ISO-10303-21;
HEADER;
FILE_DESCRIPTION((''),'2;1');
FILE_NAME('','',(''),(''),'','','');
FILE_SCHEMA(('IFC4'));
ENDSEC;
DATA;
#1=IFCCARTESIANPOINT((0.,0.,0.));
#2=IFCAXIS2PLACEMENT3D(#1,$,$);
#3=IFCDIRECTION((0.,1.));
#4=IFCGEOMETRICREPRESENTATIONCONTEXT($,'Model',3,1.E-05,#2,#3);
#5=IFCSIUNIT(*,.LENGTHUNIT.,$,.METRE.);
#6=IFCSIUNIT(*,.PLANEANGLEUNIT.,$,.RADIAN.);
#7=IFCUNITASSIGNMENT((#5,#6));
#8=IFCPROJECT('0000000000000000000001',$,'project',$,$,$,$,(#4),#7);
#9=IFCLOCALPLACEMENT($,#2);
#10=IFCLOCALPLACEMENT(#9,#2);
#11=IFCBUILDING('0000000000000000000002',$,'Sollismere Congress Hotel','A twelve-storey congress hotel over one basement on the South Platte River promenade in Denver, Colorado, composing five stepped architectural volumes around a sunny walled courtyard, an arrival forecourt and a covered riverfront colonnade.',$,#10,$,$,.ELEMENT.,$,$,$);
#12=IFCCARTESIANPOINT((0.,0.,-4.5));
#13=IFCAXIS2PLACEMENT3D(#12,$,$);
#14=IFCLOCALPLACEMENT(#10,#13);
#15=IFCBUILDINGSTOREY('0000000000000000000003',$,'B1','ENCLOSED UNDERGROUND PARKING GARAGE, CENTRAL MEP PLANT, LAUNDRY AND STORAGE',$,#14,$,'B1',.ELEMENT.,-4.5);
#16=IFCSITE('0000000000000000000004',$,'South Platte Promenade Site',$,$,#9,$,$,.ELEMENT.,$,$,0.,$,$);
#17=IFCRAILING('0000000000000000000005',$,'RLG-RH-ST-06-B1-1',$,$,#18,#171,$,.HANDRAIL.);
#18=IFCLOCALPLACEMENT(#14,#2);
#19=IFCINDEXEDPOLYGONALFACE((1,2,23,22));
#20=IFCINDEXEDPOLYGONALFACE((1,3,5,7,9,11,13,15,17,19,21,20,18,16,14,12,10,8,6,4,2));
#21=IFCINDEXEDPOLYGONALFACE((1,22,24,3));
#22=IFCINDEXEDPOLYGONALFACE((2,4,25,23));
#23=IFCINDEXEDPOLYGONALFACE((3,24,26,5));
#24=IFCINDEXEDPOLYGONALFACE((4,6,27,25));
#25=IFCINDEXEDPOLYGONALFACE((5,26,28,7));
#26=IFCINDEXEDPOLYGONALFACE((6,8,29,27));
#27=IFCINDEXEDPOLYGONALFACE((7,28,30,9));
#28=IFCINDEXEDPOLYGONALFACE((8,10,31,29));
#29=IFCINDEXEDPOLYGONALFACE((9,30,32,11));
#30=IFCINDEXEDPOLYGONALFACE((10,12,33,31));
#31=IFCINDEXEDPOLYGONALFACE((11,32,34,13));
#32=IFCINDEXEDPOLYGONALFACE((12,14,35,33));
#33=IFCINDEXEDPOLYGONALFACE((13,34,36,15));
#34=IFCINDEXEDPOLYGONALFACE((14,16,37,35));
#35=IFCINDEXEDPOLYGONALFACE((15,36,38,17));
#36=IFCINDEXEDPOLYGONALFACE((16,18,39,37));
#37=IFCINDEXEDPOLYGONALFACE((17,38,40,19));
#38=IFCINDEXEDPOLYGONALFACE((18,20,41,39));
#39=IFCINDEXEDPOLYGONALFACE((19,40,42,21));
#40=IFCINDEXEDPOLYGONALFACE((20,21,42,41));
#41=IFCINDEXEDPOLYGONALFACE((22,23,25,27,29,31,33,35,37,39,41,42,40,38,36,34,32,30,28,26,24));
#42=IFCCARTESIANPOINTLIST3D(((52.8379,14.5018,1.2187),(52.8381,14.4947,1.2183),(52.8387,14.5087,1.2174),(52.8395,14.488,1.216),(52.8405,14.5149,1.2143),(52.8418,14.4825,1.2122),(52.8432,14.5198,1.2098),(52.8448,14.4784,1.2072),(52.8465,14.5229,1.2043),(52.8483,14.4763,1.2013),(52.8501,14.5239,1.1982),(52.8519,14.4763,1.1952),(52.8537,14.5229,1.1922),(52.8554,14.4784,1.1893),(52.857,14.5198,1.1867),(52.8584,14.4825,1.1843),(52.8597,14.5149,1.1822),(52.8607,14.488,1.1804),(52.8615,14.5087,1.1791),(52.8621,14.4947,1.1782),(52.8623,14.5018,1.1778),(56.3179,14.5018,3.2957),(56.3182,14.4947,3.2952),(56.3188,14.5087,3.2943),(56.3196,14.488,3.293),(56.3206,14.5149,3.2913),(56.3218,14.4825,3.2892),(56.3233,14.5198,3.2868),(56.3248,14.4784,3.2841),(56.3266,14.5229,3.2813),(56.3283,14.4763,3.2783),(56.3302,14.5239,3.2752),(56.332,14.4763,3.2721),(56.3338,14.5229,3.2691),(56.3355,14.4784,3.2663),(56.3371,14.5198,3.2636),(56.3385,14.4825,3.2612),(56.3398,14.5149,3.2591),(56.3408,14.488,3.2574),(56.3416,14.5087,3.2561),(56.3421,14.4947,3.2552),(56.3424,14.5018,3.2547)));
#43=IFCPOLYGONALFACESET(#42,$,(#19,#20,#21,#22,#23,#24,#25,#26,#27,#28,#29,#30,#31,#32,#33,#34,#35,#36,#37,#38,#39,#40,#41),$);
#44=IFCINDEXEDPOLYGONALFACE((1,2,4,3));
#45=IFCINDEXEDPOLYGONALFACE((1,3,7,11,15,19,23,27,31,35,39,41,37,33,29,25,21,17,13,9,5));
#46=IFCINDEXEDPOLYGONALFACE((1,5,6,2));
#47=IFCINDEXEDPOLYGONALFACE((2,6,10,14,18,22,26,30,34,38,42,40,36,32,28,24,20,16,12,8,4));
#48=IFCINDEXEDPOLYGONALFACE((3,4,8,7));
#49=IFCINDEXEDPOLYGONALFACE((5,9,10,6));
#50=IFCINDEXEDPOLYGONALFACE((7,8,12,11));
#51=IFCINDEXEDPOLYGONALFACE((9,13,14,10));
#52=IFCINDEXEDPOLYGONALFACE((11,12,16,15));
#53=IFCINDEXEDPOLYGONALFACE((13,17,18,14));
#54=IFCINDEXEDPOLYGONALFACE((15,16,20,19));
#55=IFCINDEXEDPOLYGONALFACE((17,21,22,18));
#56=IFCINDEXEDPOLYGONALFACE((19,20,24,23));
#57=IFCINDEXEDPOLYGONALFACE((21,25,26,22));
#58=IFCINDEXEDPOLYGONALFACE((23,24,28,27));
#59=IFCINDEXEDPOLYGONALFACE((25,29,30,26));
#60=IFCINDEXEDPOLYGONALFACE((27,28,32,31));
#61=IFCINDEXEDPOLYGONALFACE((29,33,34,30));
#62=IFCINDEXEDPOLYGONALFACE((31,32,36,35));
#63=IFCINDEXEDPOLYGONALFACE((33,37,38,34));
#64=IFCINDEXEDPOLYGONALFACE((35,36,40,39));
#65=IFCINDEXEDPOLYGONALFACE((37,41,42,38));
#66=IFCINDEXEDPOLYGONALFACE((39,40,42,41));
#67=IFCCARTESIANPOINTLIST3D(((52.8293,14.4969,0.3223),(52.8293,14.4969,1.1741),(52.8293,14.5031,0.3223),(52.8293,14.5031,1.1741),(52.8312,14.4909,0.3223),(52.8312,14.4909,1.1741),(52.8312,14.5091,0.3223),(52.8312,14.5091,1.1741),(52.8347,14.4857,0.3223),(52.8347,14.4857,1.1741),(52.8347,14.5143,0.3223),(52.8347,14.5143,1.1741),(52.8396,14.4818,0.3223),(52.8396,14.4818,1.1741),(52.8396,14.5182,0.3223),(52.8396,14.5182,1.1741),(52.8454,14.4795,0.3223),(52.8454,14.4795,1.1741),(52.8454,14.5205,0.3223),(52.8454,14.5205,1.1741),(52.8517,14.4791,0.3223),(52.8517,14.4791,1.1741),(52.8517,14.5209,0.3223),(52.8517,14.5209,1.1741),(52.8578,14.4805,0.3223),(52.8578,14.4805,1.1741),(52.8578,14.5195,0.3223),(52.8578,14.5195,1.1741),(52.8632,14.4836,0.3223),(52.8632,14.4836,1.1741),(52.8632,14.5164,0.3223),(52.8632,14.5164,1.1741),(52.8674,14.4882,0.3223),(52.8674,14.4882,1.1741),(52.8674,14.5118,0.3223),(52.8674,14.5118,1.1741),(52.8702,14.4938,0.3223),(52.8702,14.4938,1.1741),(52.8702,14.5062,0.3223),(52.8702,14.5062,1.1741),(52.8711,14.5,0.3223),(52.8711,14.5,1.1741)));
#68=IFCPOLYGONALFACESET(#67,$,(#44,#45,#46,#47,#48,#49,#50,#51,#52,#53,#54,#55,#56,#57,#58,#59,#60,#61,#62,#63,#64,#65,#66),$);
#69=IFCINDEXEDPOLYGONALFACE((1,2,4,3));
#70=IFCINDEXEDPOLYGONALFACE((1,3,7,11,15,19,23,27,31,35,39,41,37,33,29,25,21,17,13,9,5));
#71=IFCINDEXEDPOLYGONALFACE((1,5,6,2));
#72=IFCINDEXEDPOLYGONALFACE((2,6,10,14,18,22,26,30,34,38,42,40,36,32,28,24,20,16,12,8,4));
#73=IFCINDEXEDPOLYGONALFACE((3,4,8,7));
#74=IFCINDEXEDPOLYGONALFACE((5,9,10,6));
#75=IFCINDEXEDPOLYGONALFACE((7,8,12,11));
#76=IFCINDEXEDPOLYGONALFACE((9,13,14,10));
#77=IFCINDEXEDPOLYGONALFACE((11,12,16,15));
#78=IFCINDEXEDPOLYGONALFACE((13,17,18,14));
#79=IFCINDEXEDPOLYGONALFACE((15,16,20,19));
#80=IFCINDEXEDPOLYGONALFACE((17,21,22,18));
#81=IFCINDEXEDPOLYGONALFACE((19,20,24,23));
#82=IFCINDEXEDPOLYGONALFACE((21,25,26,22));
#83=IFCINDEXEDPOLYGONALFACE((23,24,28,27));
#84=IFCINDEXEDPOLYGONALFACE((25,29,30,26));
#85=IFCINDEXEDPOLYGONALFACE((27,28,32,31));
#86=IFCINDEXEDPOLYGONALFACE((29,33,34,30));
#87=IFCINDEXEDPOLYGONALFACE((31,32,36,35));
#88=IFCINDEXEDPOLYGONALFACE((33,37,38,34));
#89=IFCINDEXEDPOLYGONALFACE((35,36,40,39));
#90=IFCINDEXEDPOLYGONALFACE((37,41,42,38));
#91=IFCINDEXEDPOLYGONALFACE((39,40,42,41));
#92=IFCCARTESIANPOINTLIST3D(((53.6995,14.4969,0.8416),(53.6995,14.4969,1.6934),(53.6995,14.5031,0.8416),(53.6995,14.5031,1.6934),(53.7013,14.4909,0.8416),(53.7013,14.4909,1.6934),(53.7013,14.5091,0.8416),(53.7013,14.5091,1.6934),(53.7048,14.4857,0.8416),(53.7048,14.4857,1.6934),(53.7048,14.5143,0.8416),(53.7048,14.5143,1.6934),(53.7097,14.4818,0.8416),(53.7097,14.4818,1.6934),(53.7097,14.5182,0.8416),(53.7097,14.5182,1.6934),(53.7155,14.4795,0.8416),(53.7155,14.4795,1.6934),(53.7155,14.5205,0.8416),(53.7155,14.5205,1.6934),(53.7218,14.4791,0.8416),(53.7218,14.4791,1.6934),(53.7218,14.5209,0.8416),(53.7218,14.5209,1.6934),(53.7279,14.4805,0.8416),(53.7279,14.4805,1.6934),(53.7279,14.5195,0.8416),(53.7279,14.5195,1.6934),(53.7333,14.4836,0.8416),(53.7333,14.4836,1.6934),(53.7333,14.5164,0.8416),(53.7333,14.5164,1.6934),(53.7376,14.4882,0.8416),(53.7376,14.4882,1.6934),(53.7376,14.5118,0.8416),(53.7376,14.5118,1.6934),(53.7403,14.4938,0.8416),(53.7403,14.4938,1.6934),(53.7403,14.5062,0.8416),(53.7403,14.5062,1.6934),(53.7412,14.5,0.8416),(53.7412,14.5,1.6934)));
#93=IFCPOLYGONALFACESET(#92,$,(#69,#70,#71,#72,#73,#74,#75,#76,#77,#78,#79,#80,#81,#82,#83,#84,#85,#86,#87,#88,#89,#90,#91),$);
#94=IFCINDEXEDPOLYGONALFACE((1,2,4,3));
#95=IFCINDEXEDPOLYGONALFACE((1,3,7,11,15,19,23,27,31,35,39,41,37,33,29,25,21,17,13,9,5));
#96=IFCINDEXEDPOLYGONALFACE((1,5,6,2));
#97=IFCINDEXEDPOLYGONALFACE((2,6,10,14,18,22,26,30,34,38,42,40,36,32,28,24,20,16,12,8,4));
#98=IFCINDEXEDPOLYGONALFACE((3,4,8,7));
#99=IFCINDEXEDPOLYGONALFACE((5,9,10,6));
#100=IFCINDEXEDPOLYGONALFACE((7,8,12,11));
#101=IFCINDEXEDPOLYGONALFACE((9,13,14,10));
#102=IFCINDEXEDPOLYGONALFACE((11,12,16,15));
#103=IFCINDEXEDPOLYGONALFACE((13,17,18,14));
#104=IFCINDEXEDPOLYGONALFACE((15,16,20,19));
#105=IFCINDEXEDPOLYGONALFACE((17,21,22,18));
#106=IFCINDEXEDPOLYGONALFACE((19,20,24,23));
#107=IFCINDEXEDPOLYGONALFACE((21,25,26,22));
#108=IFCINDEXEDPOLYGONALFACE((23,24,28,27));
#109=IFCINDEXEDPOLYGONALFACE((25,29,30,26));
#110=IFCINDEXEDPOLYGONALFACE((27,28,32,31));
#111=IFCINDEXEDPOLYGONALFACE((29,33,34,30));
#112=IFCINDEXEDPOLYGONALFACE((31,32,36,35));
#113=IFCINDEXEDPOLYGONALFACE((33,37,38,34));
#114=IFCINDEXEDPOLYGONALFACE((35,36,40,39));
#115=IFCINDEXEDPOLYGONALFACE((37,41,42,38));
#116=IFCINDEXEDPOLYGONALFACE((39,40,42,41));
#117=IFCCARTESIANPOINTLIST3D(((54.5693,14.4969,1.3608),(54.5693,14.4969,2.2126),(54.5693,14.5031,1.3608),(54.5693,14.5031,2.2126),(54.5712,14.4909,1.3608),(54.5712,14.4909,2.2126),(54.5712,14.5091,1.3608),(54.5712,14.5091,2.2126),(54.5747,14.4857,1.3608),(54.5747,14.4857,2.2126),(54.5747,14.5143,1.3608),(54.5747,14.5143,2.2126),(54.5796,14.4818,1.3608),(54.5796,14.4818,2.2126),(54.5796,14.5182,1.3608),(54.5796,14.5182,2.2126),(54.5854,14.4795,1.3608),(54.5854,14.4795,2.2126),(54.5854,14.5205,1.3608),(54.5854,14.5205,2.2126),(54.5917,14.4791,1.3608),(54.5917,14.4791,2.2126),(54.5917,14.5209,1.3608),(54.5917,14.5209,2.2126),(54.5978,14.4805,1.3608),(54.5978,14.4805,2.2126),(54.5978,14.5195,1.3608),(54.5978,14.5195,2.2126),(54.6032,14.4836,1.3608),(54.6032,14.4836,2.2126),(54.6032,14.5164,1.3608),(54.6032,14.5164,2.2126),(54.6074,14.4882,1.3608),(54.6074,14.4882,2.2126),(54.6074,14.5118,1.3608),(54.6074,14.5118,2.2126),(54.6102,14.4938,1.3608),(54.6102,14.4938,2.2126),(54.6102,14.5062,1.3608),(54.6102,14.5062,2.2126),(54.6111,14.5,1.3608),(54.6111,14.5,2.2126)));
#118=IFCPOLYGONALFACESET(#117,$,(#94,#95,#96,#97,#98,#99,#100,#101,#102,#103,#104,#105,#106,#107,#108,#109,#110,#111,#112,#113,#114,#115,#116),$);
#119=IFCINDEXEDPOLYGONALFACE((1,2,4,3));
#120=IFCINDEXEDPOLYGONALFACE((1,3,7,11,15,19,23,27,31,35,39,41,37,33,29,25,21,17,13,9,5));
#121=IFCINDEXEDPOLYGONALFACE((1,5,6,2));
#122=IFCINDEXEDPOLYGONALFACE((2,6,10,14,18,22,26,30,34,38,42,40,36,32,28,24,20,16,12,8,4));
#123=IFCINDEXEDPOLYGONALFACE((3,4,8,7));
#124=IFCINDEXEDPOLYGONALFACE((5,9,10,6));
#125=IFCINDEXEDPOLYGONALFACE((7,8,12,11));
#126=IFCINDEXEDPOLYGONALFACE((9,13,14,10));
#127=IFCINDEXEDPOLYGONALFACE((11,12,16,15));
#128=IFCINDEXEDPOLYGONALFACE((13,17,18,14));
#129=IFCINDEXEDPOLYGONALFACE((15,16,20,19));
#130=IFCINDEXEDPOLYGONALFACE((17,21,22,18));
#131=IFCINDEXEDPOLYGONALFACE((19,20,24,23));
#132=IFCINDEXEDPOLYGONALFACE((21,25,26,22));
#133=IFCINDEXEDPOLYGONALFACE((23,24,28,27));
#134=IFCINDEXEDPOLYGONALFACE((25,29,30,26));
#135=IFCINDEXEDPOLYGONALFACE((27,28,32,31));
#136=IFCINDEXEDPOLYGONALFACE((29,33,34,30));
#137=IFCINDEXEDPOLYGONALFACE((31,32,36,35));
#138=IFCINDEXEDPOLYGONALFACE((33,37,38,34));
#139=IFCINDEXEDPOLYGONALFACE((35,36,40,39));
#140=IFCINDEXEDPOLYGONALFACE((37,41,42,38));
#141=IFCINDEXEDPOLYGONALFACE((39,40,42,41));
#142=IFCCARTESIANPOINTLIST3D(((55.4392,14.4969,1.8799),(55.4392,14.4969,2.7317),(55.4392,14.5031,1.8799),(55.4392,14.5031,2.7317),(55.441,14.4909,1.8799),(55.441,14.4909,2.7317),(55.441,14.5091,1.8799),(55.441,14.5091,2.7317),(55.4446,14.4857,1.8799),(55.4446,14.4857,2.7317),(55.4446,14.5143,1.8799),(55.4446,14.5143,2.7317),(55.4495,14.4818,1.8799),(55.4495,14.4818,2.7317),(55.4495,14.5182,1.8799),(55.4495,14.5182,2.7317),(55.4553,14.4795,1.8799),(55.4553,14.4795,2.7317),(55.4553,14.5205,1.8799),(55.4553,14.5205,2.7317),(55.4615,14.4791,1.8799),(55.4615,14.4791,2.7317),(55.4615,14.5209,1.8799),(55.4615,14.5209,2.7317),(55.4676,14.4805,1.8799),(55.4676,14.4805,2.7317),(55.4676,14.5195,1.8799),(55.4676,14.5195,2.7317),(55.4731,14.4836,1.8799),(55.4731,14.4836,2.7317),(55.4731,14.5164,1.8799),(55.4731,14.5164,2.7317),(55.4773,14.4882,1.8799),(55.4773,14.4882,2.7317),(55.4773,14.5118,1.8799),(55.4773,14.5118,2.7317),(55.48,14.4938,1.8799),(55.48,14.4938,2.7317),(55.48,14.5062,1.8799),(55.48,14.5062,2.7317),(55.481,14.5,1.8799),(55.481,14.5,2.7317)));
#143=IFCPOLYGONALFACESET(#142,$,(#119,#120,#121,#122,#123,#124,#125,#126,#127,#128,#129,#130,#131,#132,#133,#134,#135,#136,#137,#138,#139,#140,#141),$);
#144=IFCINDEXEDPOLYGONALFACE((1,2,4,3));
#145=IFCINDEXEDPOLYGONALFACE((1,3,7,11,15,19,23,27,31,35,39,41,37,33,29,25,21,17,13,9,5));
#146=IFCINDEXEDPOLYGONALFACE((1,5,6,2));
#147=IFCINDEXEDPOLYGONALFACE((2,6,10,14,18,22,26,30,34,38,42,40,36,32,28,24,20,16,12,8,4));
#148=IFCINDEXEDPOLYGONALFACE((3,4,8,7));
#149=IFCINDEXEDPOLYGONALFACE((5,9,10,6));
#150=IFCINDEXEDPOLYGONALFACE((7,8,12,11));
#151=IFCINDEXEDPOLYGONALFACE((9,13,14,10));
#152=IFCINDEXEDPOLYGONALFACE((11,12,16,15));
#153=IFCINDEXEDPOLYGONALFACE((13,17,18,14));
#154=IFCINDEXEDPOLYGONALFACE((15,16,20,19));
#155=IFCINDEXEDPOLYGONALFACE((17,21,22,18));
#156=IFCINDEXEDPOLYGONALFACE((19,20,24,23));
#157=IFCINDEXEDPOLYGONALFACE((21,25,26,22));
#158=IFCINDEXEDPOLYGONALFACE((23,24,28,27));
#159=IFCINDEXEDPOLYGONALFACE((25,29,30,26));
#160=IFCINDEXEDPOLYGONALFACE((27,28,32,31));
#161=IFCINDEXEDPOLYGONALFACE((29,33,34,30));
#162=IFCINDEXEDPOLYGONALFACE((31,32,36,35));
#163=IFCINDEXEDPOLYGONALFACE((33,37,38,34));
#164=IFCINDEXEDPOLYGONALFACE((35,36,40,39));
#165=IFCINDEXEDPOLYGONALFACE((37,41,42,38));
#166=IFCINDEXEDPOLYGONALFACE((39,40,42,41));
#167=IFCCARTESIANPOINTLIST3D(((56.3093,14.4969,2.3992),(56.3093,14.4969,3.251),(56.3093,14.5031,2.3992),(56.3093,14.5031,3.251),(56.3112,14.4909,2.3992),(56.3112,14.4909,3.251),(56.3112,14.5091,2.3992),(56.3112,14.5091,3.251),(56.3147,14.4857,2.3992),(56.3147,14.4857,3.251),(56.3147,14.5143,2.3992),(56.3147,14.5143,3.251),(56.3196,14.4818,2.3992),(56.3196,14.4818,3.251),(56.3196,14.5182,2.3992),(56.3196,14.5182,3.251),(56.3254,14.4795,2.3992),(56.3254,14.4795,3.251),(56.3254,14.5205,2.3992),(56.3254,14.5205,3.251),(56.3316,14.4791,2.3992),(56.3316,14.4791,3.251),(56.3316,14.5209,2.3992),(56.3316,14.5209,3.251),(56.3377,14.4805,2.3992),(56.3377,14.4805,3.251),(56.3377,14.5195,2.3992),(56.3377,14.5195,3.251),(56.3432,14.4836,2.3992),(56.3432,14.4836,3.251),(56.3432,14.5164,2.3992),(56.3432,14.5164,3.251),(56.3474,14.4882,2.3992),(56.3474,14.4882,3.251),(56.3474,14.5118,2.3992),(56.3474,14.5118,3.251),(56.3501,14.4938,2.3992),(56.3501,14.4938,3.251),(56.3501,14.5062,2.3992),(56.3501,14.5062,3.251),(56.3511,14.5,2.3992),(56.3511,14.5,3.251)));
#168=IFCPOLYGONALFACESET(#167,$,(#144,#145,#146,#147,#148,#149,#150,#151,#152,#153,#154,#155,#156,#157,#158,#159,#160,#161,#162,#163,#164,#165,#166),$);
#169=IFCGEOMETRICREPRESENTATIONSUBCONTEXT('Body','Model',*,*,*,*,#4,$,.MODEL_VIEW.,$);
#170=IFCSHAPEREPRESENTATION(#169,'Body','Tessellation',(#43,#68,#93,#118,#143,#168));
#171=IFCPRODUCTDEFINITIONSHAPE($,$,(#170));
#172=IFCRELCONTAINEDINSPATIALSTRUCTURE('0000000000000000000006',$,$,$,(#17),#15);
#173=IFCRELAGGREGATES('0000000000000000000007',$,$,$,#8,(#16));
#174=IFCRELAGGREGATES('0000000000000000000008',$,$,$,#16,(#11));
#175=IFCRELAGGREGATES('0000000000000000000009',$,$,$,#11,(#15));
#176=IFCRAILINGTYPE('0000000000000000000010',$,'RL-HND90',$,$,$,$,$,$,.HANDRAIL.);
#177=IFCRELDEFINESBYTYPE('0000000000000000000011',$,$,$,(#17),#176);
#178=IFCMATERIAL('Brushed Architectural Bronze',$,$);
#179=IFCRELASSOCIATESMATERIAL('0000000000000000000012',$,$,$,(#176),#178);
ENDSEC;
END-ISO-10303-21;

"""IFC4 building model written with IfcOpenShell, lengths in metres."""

from ifc_helpers import new_model, si_unit, direction, frame, origin, origin_2d, place, context, subcontext, project, spatial, circle, extrude, material, type_object, element, save


model = new_model("IFC4")

# Units and contexts
model_context = context("Model", 3, precision=1e-05, world=origin(), true_north=direction((0.0, 1.0)))
body_context = subcontext(model_context, "Body", "Model", "MODEL_VIEW")
ifc_project = project(units=[si_unit("LENGTHUNIT", "METRE"), si_unit("PLANEANGLEUNIT", "RADIAN")], contexts=[model_context])

# Site, building, storey
site_placement = place(None, origin())
site = spatial("IfcSite", under=ifc_project, at=site_placement, Name="South Platte Promenade Site", CompositionType="ELEMENT", RefElevation=0.0)
building_placement = place(site_placement, origin())
building = spatial("IfcBuilding", under=site, at=building_placement, Name="Sollismere Congress Hotel", Description="A twelve-storey congress hotel over one basement on the South Platte River promenade in Denver, Colorado, composing five stepped architectural volumes around a sunny walled courtyard, an arrival forecourt and a covered riverfront colonnade.", CompositionType="ELEMENT")
storey_placement = place(building_placement, frame((0.0, 0.0, -4.5)))
storey = spatial("IfcBuildingStorey", under=building, at=storey_placement, Name="B1", Description="ENCLOSED UNDERGROUND PARKING GARAGE, CENTRAL MEP PLANT, LAUNDRY AND STORAGE", LongName="B1", CompositionType="ELEMENT", Elevation=-4.5)

# Railing
ifc_material_1 = material(Name="Brushed Architectural Bronze")
railing_type_1 = type_object("IfcRailingType", Name="RL-HND90", PredefinedType="HANDRAIL", material=ifc_material_1)
railing_1_placement = place(storey_placement, frame((52.8501, 14.5, 0.3223)))
element("IfcRailing", 1, at=railing_1_placement, inside=storey, type_object=railing_type_1, Name="RLG-RH-ST-06-B1-1", PredefinedType="HANDRAIL", context=body_context, shape_type="SweptSolid", body=[
    extrude(circle(Radius=0.0239, at=origin_2d()), frame((0.0, 0.0, 0.876), z_axis=(0.858697, 0.0, 0.512483), x_axis=(0.0, 1.0, 0.0)), (0.0, 0.0, 1.0), 4.0527),
    extrude(circle(Radius=0.021, at=origin_2d()), origin(), (0.0, 0.0, 1.0), 0.8518),
    extrude(circle(Radius=0.021, at=origin_2d()), frame((0.8701, 0.0, 0.5193)), (0.0, 0.0, 1.0), 0.8518),
    extrude(circle(Radius=0.021, at=origin_2d()), frame((1.74, 0.0, 1.0386)), (0.0, 0.0, 1.0), 0.8518),
    extrude(circle(Radius=0.021, at=origin_2d()), frame((2.6099, 0.0, 1.5576)), (0.0, 0.0, 1.0), 0.8518),
    extrude(circle(Radius=0.021, at=origin_2d()), frame((3.48, 0.0, 2.0769)), (0.0, 0.0, 1.0), 0.8518),
])

save(model, "model.ifc")
